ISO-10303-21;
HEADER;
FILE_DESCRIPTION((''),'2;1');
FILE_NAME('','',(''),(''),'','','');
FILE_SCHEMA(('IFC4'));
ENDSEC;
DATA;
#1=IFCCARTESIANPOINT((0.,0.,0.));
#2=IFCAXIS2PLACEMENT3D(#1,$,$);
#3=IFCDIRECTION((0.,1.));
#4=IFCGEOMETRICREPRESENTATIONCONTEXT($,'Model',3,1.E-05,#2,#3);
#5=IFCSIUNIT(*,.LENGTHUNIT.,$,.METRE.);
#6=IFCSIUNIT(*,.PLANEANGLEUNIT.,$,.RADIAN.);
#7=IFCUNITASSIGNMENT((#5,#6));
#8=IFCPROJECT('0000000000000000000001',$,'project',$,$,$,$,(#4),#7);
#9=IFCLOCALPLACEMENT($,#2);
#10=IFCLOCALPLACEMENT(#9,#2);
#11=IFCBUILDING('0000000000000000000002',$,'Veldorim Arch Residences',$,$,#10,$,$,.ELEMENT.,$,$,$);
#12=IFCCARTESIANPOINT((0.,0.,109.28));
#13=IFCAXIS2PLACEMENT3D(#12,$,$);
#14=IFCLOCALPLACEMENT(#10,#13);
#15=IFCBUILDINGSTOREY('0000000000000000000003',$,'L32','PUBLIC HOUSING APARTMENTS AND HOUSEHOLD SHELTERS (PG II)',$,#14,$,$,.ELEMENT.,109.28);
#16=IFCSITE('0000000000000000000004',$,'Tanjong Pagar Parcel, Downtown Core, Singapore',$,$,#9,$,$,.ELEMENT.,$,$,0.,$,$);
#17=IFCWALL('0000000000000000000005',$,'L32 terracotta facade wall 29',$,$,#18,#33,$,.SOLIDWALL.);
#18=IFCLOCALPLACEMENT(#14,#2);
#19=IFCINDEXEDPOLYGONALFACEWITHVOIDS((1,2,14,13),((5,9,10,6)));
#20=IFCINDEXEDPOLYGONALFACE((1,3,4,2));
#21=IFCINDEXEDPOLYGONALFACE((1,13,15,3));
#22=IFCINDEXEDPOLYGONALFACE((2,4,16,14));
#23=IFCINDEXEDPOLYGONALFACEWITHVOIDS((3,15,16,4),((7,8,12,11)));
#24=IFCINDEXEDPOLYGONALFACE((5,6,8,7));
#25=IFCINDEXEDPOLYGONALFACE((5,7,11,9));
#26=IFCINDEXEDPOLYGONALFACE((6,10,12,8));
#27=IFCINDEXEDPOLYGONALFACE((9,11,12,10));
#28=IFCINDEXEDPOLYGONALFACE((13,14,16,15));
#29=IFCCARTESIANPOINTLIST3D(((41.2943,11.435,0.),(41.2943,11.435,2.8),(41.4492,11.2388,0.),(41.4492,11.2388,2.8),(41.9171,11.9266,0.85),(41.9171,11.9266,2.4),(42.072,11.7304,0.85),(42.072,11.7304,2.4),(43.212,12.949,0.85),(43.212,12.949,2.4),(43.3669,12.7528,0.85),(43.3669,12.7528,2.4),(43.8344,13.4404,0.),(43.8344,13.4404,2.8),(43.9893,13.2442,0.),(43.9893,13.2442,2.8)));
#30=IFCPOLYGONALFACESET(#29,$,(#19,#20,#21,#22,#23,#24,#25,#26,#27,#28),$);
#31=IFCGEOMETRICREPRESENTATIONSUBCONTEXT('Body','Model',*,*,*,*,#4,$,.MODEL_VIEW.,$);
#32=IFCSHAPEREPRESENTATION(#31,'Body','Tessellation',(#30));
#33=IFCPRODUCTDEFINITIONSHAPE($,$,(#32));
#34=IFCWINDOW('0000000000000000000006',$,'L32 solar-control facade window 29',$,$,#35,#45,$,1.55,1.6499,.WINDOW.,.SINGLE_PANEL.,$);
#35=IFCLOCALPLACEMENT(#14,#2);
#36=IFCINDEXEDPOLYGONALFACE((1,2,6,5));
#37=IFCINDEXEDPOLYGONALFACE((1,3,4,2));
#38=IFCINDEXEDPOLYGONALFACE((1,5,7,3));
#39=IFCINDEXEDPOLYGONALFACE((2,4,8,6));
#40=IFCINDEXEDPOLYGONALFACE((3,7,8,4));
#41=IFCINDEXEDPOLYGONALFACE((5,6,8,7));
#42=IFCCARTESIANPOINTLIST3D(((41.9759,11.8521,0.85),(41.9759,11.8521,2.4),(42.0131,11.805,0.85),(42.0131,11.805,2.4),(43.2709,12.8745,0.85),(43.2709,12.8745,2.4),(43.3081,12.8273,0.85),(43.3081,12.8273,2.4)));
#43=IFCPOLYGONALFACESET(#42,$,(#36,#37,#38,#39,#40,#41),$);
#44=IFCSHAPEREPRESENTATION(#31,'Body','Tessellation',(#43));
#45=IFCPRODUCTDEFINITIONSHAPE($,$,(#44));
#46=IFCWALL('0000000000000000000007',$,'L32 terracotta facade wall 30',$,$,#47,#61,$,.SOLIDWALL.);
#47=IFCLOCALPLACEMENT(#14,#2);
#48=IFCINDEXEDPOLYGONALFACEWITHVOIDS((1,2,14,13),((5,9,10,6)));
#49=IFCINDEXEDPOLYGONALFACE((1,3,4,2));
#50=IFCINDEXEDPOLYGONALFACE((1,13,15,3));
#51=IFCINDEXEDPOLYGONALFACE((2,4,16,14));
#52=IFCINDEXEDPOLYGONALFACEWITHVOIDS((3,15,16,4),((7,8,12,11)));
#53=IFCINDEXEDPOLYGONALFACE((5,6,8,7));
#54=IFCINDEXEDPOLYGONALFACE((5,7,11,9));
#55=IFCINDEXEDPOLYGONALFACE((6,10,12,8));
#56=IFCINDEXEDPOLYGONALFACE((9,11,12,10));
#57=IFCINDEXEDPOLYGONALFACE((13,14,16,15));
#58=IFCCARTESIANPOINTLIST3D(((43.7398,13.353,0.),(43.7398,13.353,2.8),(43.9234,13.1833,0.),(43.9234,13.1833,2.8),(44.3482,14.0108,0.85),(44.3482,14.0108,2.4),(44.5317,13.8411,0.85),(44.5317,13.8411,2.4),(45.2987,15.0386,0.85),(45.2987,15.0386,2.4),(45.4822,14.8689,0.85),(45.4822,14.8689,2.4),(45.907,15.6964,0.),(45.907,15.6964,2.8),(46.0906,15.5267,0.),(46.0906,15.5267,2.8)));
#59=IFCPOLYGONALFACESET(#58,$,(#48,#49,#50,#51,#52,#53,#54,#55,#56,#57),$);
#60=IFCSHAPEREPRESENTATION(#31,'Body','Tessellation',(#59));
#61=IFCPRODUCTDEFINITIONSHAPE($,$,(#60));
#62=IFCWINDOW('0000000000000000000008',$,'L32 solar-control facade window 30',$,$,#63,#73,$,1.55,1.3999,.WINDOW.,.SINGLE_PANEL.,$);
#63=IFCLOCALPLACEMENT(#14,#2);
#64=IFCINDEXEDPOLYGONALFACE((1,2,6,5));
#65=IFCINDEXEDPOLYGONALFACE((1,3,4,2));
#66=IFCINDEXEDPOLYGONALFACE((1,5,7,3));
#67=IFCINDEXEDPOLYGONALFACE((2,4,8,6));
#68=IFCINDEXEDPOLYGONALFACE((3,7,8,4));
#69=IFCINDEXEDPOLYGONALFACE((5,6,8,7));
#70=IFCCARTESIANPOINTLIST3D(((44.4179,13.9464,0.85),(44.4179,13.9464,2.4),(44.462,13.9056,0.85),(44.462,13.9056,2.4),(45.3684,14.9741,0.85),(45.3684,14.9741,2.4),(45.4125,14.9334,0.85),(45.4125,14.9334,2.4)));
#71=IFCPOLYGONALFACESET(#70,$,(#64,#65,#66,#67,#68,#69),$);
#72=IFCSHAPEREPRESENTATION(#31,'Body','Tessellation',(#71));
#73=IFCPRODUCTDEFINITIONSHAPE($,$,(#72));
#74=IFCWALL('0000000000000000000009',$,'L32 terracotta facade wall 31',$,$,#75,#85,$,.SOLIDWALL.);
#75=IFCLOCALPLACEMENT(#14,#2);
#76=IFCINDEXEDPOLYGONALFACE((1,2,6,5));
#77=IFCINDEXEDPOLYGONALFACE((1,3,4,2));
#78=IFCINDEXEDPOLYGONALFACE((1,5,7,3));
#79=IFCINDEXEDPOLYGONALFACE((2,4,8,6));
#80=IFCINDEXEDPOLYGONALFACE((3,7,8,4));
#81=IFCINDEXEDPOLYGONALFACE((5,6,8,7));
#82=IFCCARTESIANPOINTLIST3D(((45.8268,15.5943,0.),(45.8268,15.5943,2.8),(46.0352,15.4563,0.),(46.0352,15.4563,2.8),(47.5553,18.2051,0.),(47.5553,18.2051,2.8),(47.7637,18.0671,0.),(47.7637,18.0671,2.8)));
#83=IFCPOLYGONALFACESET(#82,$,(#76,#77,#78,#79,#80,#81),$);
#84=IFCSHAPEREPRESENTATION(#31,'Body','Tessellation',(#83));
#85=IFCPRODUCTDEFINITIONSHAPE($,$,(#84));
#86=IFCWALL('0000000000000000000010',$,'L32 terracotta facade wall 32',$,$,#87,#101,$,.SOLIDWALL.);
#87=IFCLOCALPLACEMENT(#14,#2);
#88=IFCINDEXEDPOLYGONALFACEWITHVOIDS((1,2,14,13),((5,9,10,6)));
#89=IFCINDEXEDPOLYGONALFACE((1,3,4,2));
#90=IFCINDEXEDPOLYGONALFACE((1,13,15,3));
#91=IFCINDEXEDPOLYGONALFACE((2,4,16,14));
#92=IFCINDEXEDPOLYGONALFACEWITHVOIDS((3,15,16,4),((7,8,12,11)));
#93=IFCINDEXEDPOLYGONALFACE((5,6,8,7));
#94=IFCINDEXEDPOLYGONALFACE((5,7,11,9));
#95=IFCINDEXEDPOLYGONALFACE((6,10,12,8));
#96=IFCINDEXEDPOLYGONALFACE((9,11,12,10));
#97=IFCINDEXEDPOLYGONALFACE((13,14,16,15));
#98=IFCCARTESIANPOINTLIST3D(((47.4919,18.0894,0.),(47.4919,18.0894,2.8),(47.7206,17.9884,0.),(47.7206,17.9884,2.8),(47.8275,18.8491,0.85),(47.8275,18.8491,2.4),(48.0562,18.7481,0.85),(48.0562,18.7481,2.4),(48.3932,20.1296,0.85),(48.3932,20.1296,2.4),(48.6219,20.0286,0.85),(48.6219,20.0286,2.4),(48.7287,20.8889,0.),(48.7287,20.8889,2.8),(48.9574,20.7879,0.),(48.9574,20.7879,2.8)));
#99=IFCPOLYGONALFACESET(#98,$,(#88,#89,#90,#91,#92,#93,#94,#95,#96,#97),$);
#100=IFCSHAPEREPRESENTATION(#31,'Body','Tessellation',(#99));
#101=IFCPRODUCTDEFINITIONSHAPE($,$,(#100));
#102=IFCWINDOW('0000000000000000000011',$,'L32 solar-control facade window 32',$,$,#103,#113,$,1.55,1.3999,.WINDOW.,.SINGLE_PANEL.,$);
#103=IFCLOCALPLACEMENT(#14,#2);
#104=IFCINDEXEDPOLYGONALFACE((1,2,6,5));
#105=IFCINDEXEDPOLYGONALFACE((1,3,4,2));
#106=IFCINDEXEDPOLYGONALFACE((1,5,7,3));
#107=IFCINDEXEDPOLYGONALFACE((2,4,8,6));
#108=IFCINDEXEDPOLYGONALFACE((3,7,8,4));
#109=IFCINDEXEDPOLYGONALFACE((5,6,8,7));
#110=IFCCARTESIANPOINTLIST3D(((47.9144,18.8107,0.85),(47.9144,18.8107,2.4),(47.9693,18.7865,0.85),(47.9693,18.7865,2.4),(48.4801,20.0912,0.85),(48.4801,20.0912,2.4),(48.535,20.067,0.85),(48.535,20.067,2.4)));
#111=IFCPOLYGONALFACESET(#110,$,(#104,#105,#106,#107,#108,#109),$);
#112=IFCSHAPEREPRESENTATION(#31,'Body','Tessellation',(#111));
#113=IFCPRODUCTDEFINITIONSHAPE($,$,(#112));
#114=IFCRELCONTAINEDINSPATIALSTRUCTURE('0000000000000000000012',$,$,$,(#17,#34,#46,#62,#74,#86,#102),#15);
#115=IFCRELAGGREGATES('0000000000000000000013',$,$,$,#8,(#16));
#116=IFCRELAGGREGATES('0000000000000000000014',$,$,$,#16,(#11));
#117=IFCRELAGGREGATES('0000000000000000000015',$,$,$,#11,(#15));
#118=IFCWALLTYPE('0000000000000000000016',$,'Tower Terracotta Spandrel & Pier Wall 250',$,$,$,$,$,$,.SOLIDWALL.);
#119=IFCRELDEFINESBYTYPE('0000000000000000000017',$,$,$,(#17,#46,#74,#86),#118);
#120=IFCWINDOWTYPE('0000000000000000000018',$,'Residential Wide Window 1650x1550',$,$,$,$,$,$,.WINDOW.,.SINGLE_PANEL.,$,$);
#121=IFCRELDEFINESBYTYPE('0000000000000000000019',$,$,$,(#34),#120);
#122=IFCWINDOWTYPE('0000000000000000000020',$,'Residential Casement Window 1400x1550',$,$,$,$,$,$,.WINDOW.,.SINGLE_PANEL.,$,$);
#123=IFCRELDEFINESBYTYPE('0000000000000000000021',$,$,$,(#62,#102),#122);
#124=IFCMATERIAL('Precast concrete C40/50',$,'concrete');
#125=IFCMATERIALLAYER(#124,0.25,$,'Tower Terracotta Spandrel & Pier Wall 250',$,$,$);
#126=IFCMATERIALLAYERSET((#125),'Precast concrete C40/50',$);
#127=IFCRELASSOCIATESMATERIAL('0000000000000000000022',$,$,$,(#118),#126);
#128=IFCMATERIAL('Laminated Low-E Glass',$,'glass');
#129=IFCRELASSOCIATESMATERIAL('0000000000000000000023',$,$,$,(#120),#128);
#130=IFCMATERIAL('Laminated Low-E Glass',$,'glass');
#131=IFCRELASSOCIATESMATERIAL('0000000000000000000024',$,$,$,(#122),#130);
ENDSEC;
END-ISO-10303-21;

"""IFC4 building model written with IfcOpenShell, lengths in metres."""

from ifc_helpers import new_model, si_unit, direction, frame, frame_2d, origin, place, context, subcontext, project, spatial, rectangle, extrude, material, layer, layer_set, type_object, element, fill, save


model = new_model("IFC4")

# Units and contexts
model_context = context("Model", 3, precision=1e-05, world=origin(), true_north=direction((0.0, 1.0)))
body_context = subcontext(model_context, "Body", "Model", "MODEL_VIEW")
ifc_project = project(units=[si_unit("LENGTHUNIT", "METRE"), si_unit("PLANEANGLEUNIT", "RADIAN")], contexts=[model_context])

# Site, building, storey
site_placement = place(None, origin())
site = spatial("IfcSite", under=ifc_project, at=site_placement, Name="Tanjong Pagar Parcel, Downtown Core, Singapore", CompositionType="ELEMENT", RefElevation=0.0)
building_placement = place(site_placement, origin())
building = spatial("IfcBuilding", under=site, at=building_placement, Name="Veldorim Arch Residences", CompositionType="ELEMENT")
storey_placement = place(building_placement, frame((0.0, 0.0, 109.28)))
storey = spatial("IfcBuildingStorey", under=building, at=storey_placement, Name="L32", Description="PUBLIC HOUSING APARTMENTS AND HOUSEHOLD SHELTERS (PG II)", CompositionType="ELEMENT", Elevation=109.28)

# Walls, openings, windows
ifc_material_1 = material(Name="Precast concrete C40/50", Category="concrete")
ifc_layer_1 = layer(ifc_material_1, 0.25, Name="Tower Terracotta Spandrel & Pier Wall 250")
ifc_layer_set_1 = layer_set([ifc_layer_1], Name="Precast concrete C40/50")
wall_type_1 = type_object("IfcWallType", Name="Tower Terracotta Spandrel & Pier Wall 250", PredefinedType="SOLIDWALL", material=ifc_layer_set_1)
ifc_material_2 = material(Name="Laminated Low-E Glass", Category="glass")
window_type_1 = type_object("IfcWindowType", Name="Residential Wide Window 1650x1550", PartitioningType="SINGLE_PANEL", PredefinedType="WINDOW", material=ifc_material_2)
wall_1_placement = place(storey_placement, frame((43.9119, 13.3423, 0.0), z_axis=(0.0, 0.0, 1.0), x_axis=(-0.784871, -0.619659, 0.0)))
wall_1 = element("IfcWall", 1, at=wall_1_placement, inside=storey, type_object=wall_type_1, Name="L32 terracotta facade wall 29", PredefinedType="SOLIDWALL", context=body_context, shape_type="SweptSolid", body=[
    extrude(rectangle(XDim=3.2363, YDim=0.25, at=frame_2d((1.6182, 0.0))), origin(), (0.0, 0.0, 1.0), 2.8),
])
opening_1_placement = place(wall_1_placement, frame((0.793, 0.0, 0.8501)))
opening_1 = element("IfcOpeningElement", 2, at=opening_1_placement, cuts=wall_1, PredefinedType="OPENING", context=body_context, shape_type="SweptSolid", body=[
    extrude(rectangle(XDim=1.6499, YDim=1.55, at=frame_2d((0.825, 0.7749))), frame((0.0, 0.135, 0.0), z_axis=(0.0, -1.0, 0.0), x_axis=(1.0, 0.0, 0.0)), (0.0, 0.0, 1.0), 0.27),
])
window_1_placement = place(opening_1_placement, origin())
window_1 = element("IfcWindow", 3, at=window_1_placement, inside=storey, type_object=window_type_1, Name="L32 solar-control facade window 29", OverallHeight=1.55, OverallWidth=1.6499, PartitioningType="SINGLE_PANEL", PredefinedType="WINDOW", context=body_context, shape_type="SweptSolid", body=[
    extrude(rectangle(XDim=1.6499, YDim=1.55, at=frame_2d((0.825, 0.7749))), frame((0.0, 0.03, 0.0), z_axis=(0.0, -1.0, 0.0), x_axis=(1.0, 0.0, 0.0)), (0.0, 0.0, 1.0), 0.0601),
])
fill(opening_1, window_1)
wall_2_placement = place(storey_placement, frame((45.9988, 15.6116, 0.0), z_axis=(0.0, 0.0, 1.0), x_axis=(-0.678956, -0.734179, 0.0)))
wall_2 = element("IfcWall", 4, at=wall_2_placement, inside=storey, type_object=wall_type_1, Name="L32 terracotta facade wall 30", PredefinedType="SOLIDWALL", context=body_context, shape_type="SweptSolid", body=[
    extrude(rectangle(XDim=3.1919, YDim=0.25, at=frame_2d((1.5959, 0.0))), origin(), (0.0, 0.0, 1.0), 2.8),
])
opening_2_placement = place(wall_2_placement, frame((0.896, 0.0, 0.8501)))
opening_2 = element("IfcOpeningElement", 5, at=opening_2_placement, cuts=wall_2, PredefinedType="OPENING", context=body_context, shape_type="SweptSolid", body=[
    extrude(rectangle(XDim=1.3999, YDim=1.55, at=frame_2d((0.7, 0.7749))), frame((0.0, 0.135, 0.0), z_axis=(0.0, -1.0, 0.0), x_axis=(1.0, 0.0, 0.0)), (0.0, 0.0, 1.0), 0.27),
])
ifc_material_3 = material(Name="Laminated Low-E Glass", Category="glass")
window_type_2 = type_object("IfcWindowType", Name="Residential Casement Window 1400x1550", PartitioningType="SINGLE_PANEL", PredefinedType="WINDOW", material=ifc_material_3)
window_2_placement = place(opening_2_placement, origin())
window_2 = element("IfcWindow", 6, at=window_2_placement, inside=storey, type_object=window_type_2, Name="L32 solar-control facade window 30", OverallHeight=1.55, OverallWidth=1.3999, PartitioningType="SINGLE_PANEL", PredefinedType="WINDOW", context=body_context, shape_type="SweptSolid", body=[
    extrude(rectangle(XDim=1.3999, YDim=1.55, at=frame_2d((0.7, 0.7749))), frame((0.0, 0.03, 0.0), z_axis=(0.0, -1.0, 0.0), x_axis=(1.0, 0.0, 0.0)), (0.0, 0.0, 1.0), 0.0601),
])
fill(opening_2, window_2)

# Wall
wall_3_placement = place(storey_placement, frame((47.6594, 18.136, 0.0), z_axis=(0.0, 0.0, 1.0), x_axis=(-0.552034, -0.833821, 0.0)))
element("IfcWall", 7, at=wall_3_placement, inside=storey, type_object=wall_type_1, Name="L32 terracotta facade wall 31", PredefinedType="SOLIDWALL", context=body_context, shape_type="SweptSolid", body=[
    extrude(rectangle(XDim=3.1311, YDim=0.25, at=frame_2d((1.5654, 0.0))), origin(), (0.0, 0.0, 1.0), 2.8),
])

# Wall, opening, window
wall_4_placement = place(storey_placement, frame((48.843, 20.8384, 0.0), z_axis=(0.0, 0.0, 1.0), x_axis=(-0.40411, -0.914711, 0.0)))
wall_4 = element("IfcWall", 8, at=wall_4_placement, inside=storey, type_object=wall_type_1, Name="L32 terracotta facade wall 32", PredefinedType="SOLIDWALL", context=body_context, shape_type="SweptSolid", body=[
    extrude(rectangle(XDim=3.0605, YDim=0.25, at=frame_2d((1.5303, 0.0))), origin(), (0.0, 0.0, 1.0), 2.8),
])
opening_3_placement = place(wall_4_placement, frame((0.8301, 0.0, 0.8501)))
opening_3 = element("IfcOpeningElement", 9, at=opening_3_placement, cuts=wall_4, PredefinedType="OPENING", context=body_context, shape_type="SweptSolid", body=[
    extrude(rectangle(XDim=1.3999, YDim=1.55, at=frame_2d((0.7, 0.7749))), frame((0.0, 0.135, 0.0), z_axis=(0.0, -1.0, 0.0), x_axis=(1.0, 0.0, 0.0)), (0.0, 0.0, 1.0), 0.27),
])
window_3_placement = place(opening_3_placement, origin())
window_3 = element("IfcWindow", 10, at=window_3_placement, inside=storey, type_object=window_type_2, Name="L32 solar-control facade window 32", OverallHeight=1.55, OverallWidth=1.3999, PartitioningType="SINGLE_PANEL", PredefinedType="WINDOW", context=body_context, shape_type="SweptSolid", body=[
    extrude(rectangle(XDim=1.3999, YDim=1.55, at=frame_2d((0.7, 0.7749))), frame((0.0, 0.03, 0.0), z_axis=(0.0, -1.0, 0.0), x_axis=(1.0, 0.0, 0.0)), (0.0, 0.0, 1.0), 0.0601),
])
fill(opening_3, window_3)

save(model, "model.ifc")
